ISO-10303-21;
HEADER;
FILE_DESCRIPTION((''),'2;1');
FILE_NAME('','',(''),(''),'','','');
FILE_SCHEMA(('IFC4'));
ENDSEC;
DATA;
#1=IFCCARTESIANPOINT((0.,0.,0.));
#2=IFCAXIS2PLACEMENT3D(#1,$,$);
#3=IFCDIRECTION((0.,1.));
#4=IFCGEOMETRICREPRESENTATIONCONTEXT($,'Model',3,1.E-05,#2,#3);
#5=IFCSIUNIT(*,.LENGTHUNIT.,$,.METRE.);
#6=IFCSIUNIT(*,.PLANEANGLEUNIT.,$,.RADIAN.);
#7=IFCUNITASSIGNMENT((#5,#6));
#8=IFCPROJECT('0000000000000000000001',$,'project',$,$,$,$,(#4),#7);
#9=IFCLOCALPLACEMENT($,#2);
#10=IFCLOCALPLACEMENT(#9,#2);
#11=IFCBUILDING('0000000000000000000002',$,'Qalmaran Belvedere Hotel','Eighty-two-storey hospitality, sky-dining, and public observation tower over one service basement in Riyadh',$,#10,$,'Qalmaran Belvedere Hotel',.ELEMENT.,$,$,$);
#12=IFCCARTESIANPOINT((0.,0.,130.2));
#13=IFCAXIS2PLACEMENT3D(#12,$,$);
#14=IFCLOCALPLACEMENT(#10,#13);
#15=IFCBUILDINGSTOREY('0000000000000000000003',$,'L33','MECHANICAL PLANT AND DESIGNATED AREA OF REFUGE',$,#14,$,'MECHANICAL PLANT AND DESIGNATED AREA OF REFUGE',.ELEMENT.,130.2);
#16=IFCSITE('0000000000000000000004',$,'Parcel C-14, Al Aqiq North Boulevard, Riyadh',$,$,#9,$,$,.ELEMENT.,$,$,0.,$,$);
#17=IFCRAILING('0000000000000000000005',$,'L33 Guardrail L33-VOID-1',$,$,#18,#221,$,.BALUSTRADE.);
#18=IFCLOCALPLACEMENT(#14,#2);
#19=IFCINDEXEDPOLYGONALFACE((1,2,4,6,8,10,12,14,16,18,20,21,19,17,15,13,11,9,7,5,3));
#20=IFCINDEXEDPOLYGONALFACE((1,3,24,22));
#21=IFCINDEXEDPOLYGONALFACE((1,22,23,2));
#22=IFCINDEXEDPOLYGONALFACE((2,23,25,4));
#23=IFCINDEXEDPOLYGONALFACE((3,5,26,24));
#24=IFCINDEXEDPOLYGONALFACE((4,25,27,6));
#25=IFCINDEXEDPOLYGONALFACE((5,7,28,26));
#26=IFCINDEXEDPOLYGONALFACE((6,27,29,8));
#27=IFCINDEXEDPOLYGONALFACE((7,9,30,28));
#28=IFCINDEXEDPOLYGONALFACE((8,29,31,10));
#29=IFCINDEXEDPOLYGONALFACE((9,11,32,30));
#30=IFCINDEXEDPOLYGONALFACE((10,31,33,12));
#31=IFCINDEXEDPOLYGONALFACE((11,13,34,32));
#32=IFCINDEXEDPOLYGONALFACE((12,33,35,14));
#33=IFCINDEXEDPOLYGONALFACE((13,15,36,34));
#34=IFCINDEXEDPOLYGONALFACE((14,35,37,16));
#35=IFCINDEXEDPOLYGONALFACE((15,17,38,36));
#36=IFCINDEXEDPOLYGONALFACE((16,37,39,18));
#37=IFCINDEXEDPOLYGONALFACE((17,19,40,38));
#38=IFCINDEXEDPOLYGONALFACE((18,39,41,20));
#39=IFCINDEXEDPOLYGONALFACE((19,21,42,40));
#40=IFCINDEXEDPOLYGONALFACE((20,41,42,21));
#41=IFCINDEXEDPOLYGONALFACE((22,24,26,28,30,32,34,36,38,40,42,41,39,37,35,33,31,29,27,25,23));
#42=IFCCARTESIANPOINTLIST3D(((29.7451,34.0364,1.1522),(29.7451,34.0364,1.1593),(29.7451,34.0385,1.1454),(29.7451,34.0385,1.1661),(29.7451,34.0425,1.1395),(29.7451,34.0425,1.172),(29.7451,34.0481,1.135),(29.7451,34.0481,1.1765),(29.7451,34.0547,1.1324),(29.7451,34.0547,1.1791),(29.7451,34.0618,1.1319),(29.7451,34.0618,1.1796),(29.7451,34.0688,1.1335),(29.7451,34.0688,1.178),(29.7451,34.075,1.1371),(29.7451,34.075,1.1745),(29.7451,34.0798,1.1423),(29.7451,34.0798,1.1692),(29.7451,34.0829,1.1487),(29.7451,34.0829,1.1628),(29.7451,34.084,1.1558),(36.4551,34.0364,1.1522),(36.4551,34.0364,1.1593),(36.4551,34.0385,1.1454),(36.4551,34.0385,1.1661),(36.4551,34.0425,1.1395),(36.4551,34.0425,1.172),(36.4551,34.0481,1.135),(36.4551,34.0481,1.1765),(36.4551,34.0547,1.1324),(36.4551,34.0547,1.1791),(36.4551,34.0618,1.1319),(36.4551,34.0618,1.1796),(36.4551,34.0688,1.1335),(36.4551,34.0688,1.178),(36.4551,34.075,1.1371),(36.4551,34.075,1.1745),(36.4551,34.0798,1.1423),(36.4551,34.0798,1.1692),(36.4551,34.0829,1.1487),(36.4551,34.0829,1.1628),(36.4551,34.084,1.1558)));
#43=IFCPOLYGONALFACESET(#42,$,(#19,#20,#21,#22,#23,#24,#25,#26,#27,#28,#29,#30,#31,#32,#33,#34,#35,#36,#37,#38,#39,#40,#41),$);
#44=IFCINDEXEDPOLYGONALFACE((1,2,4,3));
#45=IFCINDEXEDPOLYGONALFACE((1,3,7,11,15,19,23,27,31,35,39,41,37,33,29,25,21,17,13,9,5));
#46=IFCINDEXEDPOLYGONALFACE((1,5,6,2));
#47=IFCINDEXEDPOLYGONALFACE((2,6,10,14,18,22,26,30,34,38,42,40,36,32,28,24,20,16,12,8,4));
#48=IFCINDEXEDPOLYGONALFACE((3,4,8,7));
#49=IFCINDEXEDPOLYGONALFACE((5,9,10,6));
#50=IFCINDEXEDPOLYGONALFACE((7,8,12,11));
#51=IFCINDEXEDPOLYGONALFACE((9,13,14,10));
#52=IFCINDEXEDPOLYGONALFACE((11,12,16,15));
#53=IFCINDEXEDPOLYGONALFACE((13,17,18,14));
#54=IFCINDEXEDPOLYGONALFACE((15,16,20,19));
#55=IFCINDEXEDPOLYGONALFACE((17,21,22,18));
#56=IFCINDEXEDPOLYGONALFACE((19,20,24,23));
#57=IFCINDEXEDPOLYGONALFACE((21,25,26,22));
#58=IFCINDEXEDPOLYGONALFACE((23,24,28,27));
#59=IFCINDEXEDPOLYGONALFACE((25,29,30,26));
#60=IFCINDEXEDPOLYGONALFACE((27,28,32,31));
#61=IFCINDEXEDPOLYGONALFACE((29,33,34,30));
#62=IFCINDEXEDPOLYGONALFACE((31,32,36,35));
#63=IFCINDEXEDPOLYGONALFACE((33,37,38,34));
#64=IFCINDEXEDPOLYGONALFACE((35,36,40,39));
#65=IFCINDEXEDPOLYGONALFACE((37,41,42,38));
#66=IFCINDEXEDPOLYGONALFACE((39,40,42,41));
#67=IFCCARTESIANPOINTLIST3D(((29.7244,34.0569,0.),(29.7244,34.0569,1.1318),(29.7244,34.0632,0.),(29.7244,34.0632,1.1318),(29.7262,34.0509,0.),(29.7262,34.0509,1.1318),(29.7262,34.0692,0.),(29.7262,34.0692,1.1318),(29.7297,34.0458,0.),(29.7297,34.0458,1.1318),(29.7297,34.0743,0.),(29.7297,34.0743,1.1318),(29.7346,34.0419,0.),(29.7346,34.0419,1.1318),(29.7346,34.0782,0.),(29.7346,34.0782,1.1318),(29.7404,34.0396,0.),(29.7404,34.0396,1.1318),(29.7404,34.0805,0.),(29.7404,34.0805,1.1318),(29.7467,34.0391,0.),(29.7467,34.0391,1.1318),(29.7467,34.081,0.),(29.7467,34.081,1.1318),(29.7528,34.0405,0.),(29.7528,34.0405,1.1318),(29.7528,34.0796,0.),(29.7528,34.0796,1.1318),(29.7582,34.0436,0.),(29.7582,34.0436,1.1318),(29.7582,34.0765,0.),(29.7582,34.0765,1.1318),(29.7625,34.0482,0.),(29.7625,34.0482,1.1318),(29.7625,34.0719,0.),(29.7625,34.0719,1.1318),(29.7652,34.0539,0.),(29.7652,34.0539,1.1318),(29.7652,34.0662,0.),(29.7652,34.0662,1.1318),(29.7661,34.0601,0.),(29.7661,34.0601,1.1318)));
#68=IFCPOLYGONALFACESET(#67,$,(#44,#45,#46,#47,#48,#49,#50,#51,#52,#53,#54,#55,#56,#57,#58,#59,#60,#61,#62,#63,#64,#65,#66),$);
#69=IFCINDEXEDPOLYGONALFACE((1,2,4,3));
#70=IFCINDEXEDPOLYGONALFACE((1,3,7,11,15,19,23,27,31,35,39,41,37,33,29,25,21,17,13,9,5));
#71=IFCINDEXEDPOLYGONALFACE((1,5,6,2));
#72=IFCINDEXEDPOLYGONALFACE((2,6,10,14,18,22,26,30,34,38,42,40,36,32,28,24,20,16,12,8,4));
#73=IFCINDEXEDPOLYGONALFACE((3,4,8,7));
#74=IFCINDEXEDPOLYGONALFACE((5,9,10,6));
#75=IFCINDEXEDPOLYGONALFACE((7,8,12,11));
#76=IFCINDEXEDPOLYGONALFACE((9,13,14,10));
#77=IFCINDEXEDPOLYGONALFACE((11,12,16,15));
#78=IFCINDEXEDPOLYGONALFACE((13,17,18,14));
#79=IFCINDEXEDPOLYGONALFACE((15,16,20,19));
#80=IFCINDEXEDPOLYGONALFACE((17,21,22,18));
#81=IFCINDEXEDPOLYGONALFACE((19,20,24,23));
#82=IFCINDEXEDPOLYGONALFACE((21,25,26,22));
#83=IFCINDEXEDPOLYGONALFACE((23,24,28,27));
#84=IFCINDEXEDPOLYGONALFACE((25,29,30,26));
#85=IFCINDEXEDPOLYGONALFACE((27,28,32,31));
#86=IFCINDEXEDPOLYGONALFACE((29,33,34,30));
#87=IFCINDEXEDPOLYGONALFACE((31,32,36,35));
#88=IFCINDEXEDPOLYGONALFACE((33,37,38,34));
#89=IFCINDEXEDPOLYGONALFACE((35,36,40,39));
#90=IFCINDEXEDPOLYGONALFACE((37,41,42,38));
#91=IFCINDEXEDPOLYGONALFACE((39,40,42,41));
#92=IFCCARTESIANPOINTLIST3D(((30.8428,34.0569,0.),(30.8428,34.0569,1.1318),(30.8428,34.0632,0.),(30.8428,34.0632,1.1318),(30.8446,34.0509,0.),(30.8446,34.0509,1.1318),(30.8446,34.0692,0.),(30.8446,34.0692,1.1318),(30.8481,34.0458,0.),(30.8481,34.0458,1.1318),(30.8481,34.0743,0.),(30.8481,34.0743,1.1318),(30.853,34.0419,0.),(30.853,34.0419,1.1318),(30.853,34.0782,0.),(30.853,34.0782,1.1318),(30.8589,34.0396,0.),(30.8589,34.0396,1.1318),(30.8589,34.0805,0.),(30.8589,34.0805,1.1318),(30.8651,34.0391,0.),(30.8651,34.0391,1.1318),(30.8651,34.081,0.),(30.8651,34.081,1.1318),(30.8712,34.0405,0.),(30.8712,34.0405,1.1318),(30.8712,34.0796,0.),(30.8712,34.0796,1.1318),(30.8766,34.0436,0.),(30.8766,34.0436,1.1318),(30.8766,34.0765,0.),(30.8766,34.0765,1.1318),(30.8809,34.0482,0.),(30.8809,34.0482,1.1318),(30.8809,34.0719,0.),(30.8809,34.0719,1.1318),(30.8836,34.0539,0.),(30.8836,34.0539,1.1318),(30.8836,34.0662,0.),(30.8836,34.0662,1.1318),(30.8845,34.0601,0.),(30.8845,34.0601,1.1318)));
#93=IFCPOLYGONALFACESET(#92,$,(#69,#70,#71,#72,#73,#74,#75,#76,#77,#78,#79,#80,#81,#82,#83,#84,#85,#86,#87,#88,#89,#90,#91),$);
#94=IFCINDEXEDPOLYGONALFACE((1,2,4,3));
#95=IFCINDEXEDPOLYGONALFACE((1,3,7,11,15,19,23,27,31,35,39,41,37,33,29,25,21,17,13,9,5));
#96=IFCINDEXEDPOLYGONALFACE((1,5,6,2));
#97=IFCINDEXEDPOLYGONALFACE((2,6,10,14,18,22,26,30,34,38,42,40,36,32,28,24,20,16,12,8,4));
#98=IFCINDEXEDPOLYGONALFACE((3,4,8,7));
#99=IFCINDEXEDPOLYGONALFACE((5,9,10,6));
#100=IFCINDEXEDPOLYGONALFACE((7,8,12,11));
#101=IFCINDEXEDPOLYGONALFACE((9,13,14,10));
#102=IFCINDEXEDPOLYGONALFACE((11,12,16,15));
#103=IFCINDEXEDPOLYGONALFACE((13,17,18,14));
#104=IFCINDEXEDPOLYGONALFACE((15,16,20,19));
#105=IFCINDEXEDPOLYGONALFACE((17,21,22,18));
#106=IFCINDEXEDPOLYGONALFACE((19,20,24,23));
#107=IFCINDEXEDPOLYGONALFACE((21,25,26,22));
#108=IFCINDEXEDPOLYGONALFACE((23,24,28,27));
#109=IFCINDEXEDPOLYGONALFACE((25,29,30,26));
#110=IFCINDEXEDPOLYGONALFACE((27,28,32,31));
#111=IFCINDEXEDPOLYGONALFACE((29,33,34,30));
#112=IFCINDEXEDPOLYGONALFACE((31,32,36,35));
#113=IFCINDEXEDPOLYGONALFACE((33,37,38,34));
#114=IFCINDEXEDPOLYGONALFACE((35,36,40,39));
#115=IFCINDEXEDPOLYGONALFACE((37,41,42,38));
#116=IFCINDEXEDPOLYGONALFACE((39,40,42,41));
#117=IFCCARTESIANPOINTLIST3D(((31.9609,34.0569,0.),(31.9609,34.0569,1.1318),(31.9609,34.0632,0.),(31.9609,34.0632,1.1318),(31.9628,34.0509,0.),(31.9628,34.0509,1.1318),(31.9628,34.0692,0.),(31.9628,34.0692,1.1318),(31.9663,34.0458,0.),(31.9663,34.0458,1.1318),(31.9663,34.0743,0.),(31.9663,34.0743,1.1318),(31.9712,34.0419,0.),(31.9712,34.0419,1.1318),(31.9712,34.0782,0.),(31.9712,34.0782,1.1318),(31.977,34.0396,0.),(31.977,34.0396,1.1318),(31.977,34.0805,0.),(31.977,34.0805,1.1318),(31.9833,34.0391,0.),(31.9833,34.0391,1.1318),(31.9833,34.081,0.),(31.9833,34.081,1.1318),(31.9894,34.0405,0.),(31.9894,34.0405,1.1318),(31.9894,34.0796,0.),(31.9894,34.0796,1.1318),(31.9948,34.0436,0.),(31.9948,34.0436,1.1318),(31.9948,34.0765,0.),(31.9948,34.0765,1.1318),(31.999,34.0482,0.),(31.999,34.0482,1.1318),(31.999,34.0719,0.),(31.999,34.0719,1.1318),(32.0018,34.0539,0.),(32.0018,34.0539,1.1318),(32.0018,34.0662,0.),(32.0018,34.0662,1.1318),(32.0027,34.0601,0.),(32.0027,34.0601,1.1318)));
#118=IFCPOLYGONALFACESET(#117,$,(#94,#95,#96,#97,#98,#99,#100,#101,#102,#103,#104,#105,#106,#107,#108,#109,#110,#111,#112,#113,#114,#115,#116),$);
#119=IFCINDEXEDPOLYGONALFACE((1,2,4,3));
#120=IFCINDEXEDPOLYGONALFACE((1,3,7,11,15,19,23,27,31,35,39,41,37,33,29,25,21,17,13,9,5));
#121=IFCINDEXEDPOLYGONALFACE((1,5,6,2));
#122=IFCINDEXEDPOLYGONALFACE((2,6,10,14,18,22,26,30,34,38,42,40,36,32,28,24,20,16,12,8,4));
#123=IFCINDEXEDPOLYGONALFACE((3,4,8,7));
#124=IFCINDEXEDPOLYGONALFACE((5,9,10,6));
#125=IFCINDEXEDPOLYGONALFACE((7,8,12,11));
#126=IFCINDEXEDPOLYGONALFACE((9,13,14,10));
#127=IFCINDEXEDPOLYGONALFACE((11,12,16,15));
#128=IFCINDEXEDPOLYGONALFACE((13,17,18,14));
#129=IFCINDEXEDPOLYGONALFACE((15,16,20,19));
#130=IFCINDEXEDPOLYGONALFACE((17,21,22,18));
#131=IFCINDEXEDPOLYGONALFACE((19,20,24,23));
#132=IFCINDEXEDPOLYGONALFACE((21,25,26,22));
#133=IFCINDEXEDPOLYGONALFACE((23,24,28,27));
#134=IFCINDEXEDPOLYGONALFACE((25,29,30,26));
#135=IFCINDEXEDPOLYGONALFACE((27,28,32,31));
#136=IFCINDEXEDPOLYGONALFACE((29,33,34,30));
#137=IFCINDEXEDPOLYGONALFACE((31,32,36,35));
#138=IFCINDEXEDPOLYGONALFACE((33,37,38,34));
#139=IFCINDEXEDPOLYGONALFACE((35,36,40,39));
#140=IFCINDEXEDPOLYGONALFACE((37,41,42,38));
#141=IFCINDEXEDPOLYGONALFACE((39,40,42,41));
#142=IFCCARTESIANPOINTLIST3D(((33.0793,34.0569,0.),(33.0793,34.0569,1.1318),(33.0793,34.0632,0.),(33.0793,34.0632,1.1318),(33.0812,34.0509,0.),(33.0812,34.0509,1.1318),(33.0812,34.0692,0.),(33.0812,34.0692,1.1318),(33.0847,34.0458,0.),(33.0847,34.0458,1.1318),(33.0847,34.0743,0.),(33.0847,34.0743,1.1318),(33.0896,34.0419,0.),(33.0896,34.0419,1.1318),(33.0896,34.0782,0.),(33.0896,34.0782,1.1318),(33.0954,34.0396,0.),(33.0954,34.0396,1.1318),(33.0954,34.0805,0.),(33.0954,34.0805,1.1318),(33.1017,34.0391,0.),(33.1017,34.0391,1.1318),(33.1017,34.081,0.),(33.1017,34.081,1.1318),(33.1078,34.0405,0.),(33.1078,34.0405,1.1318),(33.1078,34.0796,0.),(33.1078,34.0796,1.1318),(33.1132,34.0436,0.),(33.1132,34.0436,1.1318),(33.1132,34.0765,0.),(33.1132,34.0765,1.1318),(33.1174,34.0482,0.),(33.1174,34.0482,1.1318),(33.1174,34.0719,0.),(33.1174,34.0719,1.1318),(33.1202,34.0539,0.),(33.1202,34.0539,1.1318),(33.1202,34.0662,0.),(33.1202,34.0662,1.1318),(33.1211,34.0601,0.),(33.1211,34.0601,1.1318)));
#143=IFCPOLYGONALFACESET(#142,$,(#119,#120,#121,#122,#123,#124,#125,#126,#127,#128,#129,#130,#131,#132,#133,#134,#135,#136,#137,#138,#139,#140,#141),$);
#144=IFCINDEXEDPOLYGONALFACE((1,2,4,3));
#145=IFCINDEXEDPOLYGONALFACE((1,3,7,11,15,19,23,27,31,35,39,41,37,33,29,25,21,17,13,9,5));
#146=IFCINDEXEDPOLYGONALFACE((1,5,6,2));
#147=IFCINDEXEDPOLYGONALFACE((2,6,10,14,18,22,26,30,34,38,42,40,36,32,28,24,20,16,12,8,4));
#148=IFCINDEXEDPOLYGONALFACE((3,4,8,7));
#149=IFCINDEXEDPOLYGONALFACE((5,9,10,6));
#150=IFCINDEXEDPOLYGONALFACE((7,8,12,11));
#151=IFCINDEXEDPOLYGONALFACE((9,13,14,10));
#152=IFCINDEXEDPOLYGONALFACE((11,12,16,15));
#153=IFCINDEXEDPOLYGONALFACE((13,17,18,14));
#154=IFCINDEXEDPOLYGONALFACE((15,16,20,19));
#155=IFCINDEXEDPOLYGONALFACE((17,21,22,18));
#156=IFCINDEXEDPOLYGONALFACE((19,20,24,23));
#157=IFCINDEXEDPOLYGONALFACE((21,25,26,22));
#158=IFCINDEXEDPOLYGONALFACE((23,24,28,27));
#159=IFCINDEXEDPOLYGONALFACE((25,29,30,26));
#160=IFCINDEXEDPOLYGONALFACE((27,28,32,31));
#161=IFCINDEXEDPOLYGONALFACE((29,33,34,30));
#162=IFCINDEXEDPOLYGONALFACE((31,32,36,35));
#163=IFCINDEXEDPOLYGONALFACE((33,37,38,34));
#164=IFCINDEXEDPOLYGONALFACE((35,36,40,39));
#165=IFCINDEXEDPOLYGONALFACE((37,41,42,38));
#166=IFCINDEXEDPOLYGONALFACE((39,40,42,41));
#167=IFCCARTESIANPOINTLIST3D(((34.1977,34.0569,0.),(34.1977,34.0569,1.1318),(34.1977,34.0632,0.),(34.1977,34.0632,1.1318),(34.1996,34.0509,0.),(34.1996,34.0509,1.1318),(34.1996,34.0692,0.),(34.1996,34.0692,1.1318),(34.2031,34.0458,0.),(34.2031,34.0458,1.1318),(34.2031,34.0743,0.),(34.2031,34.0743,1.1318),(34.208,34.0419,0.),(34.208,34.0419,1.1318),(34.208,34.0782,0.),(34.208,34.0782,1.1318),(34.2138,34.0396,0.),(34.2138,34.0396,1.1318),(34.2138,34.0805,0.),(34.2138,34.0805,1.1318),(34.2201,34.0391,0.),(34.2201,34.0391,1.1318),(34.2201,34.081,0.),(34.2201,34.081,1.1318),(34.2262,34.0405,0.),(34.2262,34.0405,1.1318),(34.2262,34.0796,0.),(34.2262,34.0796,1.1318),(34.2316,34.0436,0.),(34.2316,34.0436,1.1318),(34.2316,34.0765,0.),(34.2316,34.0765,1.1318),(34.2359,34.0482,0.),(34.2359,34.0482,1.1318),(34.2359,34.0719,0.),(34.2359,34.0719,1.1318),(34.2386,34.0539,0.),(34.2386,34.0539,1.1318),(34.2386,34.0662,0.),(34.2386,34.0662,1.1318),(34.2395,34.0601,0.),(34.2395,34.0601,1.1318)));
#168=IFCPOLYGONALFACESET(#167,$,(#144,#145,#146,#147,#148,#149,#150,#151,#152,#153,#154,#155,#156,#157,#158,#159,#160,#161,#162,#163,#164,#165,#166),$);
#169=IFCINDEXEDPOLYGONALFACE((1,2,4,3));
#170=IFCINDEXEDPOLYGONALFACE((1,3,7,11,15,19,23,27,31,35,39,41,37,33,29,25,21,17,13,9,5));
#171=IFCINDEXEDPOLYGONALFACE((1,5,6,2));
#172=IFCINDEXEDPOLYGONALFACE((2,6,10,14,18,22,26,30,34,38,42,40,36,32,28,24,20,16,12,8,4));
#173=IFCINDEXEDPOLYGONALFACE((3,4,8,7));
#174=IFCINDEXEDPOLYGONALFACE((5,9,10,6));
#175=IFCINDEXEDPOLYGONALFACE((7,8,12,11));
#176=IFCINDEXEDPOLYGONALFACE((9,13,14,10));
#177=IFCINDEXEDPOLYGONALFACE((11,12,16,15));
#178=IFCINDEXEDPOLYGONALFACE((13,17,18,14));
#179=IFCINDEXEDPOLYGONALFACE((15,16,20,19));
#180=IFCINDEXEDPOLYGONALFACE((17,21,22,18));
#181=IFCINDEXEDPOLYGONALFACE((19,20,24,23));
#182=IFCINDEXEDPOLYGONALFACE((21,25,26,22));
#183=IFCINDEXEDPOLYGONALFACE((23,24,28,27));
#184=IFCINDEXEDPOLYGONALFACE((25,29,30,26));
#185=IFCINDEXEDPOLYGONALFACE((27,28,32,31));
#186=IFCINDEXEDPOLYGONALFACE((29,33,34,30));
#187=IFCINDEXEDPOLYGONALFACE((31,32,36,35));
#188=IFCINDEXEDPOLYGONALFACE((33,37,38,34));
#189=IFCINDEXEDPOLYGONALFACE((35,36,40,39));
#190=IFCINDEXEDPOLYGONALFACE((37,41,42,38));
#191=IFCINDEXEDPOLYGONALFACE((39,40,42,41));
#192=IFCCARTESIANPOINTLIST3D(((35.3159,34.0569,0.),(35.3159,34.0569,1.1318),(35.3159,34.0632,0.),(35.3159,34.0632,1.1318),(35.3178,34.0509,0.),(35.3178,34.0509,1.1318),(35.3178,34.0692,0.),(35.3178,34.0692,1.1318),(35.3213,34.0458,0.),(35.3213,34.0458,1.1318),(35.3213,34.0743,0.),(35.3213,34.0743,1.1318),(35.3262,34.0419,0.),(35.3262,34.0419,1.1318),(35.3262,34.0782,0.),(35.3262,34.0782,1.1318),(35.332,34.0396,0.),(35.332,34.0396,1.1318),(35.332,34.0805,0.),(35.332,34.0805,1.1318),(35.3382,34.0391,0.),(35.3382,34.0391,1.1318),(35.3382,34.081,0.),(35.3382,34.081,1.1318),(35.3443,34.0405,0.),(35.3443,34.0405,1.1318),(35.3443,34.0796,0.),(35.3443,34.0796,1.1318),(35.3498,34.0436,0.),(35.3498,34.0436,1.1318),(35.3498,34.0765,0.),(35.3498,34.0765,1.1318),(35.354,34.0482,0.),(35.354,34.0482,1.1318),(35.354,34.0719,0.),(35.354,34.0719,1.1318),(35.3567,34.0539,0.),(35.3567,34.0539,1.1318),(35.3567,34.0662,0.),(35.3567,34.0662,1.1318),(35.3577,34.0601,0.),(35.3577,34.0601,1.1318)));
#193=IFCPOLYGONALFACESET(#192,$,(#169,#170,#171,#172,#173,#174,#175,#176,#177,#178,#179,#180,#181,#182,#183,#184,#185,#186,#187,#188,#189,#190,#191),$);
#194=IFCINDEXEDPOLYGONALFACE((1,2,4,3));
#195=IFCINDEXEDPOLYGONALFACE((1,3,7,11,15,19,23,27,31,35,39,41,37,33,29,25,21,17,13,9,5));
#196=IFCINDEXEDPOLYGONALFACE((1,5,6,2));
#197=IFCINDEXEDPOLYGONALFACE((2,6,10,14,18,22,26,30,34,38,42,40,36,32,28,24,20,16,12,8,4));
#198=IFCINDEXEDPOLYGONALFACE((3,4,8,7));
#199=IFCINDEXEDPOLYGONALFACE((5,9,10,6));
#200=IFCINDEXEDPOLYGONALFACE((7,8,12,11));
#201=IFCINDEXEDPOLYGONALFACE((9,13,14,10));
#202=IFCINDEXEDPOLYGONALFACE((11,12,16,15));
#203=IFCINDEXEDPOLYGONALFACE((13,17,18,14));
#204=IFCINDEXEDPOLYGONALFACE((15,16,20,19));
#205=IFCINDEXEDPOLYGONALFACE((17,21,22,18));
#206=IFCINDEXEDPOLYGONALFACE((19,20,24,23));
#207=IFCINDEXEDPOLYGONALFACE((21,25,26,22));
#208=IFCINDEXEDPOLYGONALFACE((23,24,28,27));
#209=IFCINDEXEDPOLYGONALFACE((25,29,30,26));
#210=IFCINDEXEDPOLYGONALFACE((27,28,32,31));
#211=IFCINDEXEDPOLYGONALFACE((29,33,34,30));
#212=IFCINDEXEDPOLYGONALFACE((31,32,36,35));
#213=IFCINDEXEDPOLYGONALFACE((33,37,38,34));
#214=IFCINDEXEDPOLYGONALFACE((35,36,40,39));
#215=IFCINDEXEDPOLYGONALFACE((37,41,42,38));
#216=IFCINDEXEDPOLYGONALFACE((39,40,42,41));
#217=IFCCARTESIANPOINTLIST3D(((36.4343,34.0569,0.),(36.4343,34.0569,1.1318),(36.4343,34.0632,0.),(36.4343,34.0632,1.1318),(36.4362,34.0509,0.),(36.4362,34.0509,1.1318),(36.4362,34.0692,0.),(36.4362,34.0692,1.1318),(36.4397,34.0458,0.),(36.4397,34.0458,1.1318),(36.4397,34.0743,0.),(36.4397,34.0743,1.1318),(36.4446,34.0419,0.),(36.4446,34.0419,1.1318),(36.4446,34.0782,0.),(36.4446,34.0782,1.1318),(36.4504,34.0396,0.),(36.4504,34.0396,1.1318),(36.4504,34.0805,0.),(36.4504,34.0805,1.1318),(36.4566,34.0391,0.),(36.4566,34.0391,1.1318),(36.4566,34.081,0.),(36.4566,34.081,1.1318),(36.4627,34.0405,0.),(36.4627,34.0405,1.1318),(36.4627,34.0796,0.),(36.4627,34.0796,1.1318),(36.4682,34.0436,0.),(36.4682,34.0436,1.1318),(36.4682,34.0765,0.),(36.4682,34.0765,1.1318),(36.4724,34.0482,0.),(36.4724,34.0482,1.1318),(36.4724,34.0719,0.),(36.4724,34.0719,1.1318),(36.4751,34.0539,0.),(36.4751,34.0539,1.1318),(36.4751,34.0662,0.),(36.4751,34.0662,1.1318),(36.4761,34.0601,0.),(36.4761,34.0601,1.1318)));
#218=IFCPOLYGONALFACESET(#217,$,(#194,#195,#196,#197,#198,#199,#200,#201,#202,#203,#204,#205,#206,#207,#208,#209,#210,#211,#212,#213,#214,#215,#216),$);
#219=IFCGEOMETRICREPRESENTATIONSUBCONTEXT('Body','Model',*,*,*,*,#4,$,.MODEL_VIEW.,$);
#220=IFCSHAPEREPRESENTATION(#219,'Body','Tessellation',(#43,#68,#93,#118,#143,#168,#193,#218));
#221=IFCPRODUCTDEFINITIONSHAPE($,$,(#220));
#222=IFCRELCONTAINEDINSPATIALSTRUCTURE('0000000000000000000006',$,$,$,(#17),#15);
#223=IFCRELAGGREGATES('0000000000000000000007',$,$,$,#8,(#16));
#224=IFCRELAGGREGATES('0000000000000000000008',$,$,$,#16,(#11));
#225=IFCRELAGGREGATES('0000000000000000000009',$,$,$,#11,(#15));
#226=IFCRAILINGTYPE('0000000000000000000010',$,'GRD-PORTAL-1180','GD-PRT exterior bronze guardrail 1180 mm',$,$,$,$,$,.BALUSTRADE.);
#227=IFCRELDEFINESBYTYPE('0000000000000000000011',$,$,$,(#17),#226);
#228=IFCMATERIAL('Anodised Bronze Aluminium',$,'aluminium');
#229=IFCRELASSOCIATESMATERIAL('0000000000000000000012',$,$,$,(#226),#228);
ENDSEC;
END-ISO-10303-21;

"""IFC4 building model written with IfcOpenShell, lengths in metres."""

from ifc_helpers import new_model, si_unit, direction, frame, origin, origin_2d, place, context, subcontext, project, spatial, circle, extrude, material, type_object, element, save


model = new_model("IFC4")

# Units and contexts
model_context = context("Model", 3, precision=1e-05, world=origin(), true_north=direction((0.0, 1.0)))
body_context = subcontext(model_context, "Body", "Model", "MODEL_VIEW")
ifc_project = project(units=[si_unit("LENGTHUNIT", "METRE"), si_unit("PLANEANGLEUNIT", "RADIAN")], contexts=[model_context])

# Site, building, storey
site_placement = place(None, origin())
site = spatial("IfcSite", under=ifc_project, at=site_placement, Name="Parcel C-14, Al Aqiq North Boulevard, Riyadh", CompositionType="ELEMENT", RefElevation=0.0)
building_placement = place(site_placement, origin())
building = spatial("IfcBuilding", under=site, at=building_placement, Name="Qalmaran Belvedere Hotel", Description="Eighty-two-storey hospitality, sky-dining, and public observation tower over one service basement in Riyadh", LongName="Qalmaran Belvedere Hotel", CompositionType="ELEMENT")
storey_placement = place(building_placement, frame((0.0, 0.0, 130.2)))
storey = spatial("IfcBuildingStorey", under=building, at=storey_placement, Name="L33", Description="MECHANICAL PLANT AND DESIGNATED AREA OF REFUGE", LongName="MECHANICAL PLANT AND DESIGNATED AREA OF REFUGE", CompositionType="ELEMENT", Elevation=130.2)

# Railing
ifc_material_1 = material(Name="Anodised Bronze Aluminium", Category="aluminium")
railing_type = type_object("IfcRailingType", Name="GRD-PORTAL-1180", Description="GD-PRT exterior bronze guardrail 1180 mm", PredefinedType="BALUSTRADE", material=ifc_material_1)
railing_1_placement = place(storey_placement, frame((29.7451, 34.0601, 0.0)))
element("IfcRailing", 1, at=railing_1_placement, inside=storey, type_object=railing_type, Name="L33 Guardrail L33-VOID-1", PredefinedType="BALUSTRADE", context=body_context, shape_type="SweptSolid", body=[
    extrude(circle(Radius=0.0239, at=origin_2d()), frame((0.0, 0.0, 1.1558), z_axis=(1.0, 0.0, 0.0), x_axis=(0.0, 1.0, 0.0)), (0.0, 0.0, 1.0), 6.71),
    extrude(circle(Radius=0.021, at=origin_2d()), origin(), (0.0, 0.0, 1.0), 1.1318),
    extrude(circle(Radius=0.021, at=origin_2d()), frame((1.1184, 0.0, 0.0)), (0.0, 0.0, 1.0), 1.1318),
    extrude(circle(Radius=0.021, at=origin_2d()), frame((2.2366, 0.0, 0.0)), (0.0, 0.0, 1.0), 1.1318),
    extrude(circle(Radius=0.021, at=origin_2d()), frame((3.355, 0.0, 0.0)), (0.0, 0.0, 1.0), 1.1318),
    extrude(circle(Radius=0.021, at=origin_2d()), frame((4.4734, 0.0, 0.0)), (0.0, 0.0, 1.0), 1.1318),
    extrude(circle(Radius=0.021, at=origin_2d()), frame((5.5916, 0.0, 0.0)), (0.0, 0.0, 1.0), 1.1318),
    extrude(circle(Radius=0.021, at=origin_2d()), frame((6.71, 0.0, 0.0)), (0.0, 0.0, 1.0), 1.1318),
])

save(model, "model.ifc")
